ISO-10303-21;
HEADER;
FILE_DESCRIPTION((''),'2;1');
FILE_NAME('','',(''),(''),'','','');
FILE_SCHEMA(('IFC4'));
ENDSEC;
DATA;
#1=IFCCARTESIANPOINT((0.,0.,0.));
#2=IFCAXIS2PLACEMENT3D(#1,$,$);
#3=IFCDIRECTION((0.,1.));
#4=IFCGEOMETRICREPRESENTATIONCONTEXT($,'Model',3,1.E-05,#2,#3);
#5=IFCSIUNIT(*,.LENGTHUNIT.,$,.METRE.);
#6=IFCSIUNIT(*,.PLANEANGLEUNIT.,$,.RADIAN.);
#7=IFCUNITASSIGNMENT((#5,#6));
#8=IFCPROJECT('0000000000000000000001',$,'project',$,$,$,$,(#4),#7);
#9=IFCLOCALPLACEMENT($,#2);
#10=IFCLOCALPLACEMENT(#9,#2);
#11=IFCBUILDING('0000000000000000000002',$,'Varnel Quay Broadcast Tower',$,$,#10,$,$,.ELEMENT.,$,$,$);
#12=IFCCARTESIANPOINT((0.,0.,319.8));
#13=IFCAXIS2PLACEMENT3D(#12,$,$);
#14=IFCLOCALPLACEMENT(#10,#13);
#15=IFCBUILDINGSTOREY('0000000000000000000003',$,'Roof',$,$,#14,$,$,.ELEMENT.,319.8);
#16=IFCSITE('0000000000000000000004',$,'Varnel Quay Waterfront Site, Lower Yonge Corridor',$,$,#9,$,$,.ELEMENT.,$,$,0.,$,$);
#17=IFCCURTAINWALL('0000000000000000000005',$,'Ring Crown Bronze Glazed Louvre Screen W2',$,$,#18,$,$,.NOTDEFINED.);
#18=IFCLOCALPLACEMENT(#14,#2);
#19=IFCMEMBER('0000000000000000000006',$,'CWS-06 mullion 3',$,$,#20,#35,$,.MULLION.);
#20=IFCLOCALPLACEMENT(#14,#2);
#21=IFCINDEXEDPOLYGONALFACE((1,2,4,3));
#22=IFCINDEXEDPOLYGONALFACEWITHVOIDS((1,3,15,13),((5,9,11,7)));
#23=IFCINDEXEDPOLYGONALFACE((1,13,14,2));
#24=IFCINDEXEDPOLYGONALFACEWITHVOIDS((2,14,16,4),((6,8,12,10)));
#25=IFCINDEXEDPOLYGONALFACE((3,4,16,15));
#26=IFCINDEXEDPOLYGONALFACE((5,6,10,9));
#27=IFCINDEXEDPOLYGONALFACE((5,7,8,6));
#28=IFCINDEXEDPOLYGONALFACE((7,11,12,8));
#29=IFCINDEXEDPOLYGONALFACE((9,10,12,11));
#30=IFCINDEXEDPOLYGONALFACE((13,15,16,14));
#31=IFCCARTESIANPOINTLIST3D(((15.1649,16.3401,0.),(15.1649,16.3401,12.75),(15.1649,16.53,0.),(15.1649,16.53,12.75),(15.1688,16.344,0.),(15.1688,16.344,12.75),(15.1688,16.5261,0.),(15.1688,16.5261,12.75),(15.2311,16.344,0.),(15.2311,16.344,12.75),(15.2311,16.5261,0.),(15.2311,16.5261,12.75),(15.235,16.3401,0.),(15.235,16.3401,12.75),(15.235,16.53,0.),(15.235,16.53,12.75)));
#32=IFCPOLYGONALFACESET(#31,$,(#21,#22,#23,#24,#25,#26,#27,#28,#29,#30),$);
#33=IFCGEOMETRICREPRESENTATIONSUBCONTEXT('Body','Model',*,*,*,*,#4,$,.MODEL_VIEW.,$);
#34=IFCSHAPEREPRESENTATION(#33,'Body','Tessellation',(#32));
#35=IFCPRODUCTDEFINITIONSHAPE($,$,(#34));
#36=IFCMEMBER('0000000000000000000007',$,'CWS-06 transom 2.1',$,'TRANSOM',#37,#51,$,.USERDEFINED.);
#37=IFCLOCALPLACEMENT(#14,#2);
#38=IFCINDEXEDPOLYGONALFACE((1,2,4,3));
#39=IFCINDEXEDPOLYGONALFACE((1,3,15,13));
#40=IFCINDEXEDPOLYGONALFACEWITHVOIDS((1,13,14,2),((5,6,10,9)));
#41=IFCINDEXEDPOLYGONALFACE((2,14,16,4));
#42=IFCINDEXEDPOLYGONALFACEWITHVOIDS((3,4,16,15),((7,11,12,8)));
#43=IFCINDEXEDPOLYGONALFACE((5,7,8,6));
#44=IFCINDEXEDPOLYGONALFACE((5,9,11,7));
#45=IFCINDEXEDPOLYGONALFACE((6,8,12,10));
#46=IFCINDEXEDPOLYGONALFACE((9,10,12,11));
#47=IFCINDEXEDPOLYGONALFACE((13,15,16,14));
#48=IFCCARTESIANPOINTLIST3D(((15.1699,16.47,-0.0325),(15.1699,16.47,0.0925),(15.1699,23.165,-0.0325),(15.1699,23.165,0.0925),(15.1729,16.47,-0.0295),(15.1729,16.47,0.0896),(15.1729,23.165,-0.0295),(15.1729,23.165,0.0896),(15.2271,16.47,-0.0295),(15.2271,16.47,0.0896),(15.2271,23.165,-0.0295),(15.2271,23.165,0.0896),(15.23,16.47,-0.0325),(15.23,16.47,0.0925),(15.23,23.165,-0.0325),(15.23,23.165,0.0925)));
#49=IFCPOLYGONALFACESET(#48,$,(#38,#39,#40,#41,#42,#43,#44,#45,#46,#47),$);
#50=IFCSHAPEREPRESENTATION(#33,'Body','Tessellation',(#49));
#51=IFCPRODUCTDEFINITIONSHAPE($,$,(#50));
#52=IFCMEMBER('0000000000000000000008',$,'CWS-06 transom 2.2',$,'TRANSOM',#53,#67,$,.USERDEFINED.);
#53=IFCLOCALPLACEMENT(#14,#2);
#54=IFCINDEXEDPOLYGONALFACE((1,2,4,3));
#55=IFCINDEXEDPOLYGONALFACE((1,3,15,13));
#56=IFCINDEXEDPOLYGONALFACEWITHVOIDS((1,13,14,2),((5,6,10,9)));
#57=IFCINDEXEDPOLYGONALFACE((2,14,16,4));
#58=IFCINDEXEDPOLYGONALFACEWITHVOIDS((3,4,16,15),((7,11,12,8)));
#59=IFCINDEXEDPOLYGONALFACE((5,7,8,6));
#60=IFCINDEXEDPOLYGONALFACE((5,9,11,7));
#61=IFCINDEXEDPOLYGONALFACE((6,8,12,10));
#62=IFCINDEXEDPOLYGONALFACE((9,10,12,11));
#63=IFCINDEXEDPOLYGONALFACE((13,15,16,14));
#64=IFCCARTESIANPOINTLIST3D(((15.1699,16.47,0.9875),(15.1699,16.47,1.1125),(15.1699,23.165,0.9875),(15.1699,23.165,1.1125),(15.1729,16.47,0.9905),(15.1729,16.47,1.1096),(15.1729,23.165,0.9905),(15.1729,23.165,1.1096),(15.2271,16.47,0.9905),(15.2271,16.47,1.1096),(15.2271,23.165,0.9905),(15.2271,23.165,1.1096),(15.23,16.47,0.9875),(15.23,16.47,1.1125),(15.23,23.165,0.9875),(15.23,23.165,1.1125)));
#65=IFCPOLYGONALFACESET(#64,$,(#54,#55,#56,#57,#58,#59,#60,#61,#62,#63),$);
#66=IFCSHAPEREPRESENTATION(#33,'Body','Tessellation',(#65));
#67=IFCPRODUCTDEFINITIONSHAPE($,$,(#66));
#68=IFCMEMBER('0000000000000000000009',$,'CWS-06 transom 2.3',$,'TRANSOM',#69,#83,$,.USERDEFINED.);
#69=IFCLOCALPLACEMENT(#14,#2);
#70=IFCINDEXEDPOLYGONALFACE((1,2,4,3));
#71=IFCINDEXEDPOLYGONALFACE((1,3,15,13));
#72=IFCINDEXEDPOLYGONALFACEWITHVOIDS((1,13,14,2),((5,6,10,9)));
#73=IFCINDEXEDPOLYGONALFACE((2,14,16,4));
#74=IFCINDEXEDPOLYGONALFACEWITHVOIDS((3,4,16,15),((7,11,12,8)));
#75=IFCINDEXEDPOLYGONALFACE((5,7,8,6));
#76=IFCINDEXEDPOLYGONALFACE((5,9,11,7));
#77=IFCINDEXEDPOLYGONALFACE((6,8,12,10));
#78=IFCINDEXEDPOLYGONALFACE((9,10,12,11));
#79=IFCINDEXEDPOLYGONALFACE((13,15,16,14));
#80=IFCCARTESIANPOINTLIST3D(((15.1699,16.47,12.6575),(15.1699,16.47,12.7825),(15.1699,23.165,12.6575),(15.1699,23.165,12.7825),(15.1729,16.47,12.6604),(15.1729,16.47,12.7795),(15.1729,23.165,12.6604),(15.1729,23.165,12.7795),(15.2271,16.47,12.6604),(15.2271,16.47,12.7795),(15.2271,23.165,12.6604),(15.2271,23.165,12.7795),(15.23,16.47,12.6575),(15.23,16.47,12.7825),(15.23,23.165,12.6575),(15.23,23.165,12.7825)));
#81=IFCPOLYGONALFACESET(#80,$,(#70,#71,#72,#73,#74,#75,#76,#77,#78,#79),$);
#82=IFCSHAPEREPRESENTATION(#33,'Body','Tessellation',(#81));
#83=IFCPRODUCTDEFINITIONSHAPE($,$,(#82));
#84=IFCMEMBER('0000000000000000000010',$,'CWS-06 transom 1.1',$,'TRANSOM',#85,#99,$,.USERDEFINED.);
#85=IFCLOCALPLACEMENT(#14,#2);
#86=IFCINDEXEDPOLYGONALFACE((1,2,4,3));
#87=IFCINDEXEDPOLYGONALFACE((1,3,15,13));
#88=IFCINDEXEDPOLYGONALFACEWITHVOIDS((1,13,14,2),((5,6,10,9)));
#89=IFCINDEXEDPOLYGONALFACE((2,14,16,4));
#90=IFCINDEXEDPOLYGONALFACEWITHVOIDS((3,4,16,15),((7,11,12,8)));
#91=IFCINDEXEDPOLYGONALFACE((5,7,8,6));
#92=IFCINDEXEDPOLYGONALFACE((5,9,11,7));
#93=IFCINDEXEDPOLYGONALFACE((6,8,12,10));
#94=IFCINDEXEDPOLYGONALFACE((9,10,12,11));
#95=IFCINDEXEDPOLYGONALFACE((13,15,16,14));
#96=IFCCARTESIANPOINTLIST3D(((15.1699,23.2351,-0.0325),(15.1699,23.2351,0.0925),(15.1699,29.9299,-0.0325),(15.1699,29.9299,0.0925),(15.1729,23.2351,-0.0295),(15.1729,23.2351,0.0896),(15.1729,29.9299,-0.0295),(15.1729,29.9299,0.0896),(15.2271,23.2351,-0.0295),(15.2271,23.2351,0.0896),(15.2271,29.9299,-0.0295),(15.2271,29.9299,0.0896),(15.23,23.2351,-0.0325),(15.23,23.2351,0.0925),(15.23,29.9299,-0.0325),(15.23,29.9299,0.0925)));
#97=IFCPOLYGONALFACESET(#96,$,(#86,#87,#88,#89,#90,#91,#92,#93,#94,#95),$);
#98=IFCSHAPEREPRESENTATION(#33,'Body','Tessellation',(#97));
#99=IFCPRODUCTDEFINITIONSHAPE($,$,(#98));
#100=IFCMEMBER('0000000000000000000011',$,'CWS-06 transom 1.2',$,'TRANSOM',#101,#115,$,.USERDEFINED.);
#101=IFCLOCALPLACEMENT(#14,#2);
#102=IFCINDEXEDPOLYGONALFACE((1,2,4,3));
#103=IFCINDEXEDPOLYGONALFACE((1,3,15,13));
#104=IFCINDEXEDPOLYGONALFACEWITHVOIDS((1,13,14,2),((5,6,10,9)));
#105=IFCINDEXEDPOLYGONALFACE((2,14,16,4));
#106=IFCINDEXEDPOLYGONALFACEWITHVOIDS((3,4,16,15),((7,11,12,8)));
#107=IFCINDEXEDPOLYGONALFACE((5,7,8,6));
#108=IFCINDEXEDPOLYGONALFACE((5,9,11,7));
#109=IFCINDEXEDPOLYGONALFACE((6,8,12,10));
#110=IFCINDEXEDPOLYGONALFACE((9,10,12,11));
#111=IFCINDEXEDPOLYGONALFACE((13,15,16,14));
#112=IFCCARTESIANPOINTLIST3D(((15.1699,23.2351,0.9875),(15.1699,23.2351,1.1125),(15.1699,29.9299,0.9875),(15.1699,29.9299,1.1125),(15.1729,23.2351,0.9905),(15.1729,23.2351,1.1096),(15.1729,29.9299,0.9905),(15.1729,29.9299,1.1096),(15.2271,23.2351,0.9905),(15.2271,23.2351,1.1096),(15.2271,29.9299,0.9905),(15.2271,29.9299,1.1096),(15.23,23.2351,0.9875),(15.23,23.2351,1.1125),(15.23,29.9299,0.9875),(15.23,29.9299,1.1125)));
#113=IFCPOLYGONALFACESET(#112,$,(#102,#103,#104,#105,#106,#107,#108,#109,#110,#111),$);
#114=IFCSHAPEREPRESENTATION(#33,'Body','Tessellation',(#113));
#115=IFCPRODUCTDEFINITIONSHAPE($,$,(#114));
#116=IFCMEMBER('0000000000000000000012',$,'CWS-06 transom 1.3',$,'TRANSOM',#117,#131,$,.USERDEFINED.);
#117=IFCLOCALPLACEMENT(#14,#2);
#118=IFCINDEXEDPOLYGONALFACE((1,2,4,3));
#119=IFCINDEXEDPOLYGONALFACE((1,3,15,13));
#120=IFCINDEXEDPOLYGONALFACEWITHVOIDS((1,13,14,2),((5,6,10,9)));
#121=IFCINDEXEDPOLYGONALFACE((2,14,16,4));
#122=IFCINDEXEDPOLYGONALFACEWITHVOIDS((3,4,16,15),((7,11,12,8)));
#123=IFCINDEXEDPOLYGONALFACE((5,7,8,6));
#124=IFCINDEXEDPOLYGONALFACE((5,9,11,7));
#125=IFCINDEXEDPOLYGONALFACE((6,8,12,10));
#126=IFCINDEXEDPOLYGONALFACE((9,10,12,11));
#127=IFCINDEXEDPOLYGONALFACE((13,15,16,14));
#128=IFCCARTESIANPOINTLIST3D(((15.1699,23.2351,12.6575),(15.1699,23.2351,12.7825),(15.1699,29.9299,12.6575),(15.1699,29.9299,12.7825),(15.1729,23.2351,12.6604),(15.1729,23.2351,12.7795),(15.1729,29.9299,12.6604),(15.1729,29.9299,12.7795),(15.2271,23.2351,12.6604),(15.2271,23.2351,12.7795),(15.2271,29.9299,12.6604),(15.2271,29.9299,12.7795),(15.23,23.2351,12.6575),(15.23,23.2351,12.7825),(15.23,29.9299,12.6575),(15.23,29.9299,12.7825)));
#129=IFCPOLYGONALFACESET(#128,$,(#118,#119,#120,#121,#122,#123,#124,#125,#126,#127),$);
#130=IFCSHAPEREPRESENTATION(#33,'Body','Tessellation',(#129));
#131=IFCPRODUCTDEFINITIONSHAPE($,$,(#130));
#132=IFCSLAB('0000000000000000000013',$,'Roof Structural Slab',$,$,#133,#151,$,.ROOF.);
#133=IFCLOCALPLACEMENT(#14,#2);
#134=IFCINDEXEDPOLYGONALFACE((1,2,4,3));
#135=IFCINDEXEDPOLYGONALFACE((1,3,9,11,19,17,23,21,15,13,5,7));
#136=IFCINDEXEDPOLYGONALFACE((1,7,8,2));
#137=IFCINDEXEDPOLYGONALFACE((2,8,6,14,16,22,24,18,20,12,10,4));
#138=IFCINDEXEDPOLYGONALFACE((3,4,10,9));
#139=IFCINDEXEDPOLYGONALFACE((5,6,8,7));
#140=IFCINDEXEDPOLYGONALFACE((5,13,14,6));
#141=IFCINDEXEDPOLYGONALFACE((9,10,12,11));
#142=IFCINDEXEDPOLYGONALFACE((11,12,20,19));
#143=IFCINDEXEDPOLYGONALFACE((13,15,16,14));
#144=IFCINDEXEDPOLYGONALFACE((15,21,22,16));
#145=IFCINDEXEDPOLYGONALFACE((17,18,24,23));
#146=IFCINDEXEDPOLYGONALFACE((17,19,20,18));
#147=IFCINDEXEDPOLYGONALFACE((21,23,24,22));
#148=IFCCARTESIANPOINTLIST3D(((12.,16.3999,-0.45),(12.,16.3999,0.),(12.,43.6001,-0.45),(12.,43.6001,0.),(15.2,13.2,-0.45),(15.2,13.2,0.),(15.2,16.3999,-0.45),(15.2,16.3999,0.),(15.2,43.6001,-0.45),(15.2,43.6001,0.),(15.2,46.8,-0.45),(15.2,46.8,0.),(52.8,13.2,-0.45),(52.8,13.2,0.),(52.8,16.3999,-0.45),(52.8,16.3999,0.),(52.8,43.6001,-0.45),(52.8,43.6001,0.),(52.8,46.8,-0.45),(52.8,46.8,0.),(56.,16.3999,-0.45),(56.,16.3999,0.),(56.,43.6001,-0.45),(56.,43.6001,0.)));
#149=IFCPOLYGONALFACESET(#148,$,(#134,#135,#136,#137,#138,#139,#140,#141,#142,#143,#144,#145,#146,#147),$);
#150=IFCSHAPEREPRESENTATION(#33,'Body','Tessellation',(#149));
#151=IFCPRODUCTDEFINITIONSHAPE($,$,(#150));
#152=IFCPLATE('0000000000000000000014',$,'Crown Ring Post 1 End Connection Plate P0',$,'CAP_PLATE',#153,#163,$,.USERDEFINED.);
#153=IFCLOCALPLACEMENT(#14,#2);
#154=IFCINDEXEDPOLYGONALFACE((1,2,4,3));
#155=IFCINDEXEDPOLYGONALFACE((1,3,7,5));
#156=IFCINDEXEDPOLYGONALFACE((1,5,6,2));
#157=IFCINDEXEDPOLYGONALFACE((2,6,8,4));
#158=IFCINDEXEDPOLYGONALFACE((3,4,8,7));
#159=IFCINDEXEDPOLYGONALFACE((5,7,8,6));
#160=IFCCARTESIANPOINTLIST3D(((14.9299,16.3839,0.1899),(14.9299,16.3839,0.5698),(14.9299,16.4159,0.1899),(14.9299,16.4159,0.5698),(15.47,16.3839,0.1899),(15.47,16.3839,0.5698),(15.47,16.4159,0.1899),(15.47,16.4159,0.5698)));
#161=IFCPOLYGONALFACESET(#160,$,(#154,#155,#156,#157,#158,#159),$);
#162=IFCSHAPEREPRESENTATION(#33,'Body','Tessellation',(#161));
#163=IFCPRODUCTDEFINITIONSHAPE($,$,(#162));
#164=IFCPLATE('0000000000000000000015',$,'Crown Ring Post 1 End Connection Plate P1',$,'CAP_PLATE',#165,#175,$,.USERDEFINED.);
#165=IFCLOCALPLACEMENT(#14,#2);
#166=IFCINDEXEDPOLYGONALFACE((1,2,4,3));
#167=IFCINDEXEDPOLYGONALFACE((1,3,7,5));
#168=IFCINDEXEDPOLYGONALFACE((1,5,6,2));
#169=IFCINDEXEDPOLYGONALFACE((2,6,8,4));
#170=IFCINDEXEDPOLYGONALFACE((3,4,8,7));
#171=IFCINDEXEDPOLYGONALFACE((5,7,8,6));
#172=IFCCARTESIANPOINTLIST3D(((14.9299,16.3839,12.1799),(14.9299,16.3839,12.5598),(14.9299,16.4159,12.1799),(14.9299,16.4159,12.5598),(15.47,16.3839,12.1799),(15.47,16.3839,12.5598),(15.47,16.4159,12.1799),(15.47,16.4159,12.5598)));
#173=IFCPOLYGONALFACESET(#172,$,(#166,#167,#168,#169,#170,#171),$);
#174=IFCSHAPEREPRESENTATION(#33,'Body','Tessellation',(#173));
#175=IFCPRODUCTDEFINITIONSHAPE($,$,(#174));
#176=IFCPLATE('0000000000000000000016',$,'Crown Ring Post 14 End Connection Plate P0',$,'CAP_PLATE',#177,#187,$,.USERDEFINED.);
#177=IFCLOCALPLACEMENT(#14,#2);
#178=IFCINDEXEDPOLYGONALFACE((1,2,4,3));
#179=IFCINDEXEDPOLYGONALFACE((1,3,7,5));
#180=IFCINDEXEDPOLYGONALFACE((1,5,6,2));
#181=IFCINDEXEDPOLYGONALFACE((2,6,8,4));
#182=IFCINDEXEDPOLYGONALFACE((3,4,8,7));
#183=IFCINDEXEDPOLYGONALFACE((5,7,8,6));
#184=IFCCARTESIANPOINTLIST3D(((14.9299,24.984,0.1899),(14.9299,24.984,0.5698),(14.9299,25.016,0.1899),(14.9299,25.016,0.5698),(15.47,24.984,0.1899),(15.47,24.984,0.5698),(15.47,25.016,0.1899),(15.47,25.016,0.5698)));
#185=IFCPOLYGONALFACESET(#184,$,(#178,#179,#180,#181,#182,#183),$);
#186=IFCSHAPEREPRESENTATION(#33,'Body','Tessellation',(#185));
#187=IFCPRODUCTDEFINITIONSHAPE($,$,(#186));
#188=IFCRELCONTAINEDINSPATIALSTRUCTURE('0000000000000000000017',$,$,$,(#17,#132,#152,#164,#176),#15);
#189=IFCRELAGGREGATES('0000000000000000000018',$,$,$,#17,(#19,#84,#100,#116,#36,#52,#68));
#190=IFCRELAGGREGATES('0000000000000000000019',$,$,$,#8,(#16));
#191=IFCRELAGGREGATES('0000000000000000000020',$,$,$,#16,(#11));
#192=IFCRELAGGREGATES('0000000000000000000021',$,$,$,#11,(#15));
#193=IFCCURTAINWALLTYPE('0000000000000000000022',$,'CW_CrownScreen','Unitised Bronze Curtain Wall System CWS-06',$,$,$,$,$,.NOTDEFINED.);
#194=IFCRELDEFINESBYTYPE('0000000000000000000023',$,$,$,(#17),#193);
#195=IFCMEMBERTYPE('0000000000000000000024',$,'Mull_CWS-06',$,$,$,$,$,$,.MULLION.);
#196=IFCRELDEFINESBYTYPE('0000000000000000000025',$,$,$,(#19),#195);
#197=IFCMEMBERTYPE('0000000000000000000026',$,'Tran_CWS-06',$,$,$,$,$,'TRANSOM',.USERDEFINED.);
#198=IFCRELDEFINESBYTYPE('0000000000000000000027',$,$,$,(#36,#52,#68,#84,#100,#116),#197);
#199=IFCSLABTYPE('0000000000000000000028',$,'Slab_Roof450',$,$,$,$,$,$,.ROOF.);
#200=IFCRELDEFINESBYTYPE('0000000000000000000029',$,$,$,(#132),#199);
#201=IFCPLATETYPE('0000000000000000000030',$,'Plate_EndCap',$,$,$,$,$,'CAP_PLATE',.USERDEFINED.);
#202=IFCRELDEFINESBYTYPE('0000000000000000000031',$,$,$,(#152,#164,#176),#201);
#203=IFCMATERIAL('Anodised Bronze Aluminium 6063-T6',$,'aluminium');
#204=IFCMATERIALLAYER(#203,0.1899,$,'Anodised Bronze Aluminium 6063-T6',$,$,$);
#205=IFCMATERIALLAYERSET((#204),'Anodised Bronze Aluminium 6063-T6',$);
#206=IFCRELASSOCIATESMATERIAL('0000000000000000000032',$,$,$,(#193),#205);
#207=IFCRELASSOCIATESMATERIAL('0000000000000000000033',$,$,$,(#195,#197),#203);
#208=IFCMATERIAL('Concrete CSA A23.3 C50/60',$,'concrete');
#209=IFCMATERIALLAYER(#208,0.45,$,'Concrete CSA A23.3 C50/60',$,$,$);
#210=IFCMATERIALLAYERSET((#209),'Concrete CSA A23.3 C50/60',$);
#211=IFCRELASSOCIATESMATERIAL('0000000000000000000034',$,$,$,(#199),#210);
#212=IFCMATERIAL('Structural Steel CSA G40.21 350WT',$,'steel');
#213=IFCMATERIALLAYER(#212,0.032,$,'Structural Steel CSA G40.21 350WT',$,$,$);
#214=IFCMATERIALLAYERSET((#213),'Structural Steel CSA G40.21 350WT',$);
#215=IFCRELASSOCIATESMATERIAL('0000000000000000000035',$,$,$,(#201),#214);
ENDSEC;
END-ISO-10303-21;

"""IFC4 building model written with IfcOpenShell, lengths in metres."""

from ifc_helpers import new_model, si_unit, direction, frame, origin, origin_2d, place, context, subcontext, project, spatial, polyline, rectangle, hollow_rectangle, outline, extrude, source, transform, mapped, material, layer, layer_set, material_profile, profile_set, type_object, type_shapes, element, aggregate, save


model = new_model("IFC4")

# Units and contexts
model_context = context("Model", 3, precision=1e-05, world=origin(), true_north=direction((0.0, 1.0)))
body_context = subcontext(model_context, "Body", "Model", "MODEL_VIEW")
ifc_project = project(units=[si_unit("LENGTHUNIT", "METRE"), si_unit("PLANEANGLEUNIT", "RADIAN")], contexts=[model_context])

# Site, building, storey
site_placement = place(None, origin())
site = spatial("IfcSite", under=ifc_project, at=site_placement, Name="Varnel Quay Waterfront Site, Lower Yonge Corridor", CompositionType="ELEMENT", RefElevation=0.0)
building_placement = place(site_placement, origin())
building = spatial("IfcBuilding", under=site, at=building_placement, Name="Varnel Quay Broadcast Tower", CompositionType="ELEMENT")
storey_placement = place(building_placement, frame((0.0, 0.0, 319.8)))
storey = spatial("IfcBuildingStorey", under=building, at=storey_placement, Name="Roof", CompositionType="ELEMENT", Elevation=319.8)

# Shared definitions
ifc_material_1 = material(Name="Structural Steel CSA G40.21 350WT", Category="steel")

# Curtain wall, members
ifc_material_2 = material(Name="Anodised Bronze Aluminium 6063-T6", Category="aluminium")
ifc_layer_1 = layer(ifc_material_2, 0.1899, Name="Anodised Bronze Aluminium 6063-T6")
ifc_layer_set_1 = layer_set([ifc_layer_1], Name="Anodised Bronze Aluminium 6063-T6")
curtain_wall_type = type_object("IfcCurtainWallType", Name="CW_CrownScreen", Description="Unitised Bronze Curtain Wall System CWS-06", PredefinedType="NOTDEFINED", material=ifc_layer_set_1)
curtain_wall_placement = place(storey_placement, origin())
curtain_wall = element("IfcCurtainWall", 1, at=curtain_wall_placement, inside=storey, type_object=curtain_wall_type, Name="Ring Crown Bronze Glazed Louvre Screen W2", PredefinedType="NOTDEFINED")
ifc_material_profile_1 = material_profile(ifc_material_2, hollow_rectangle(XDim=0.0701, YDim=0.1899, WallThickness=0.0039, at=origin_2d()), Name="ALU70X190X4")
ifc_profile_set_1 = profile_set([ifc_material_profile_1], Name="Anodised Bronze Aluminium 6063-T6")
member_type_1 = type_object("IfcMemberType", Name="Mull_CWS-06", PredefinedType="MULLION", material=ifc_profile_set_1)
shared_shape_1 = source(origin(), body_context, "Body", "SweptSolid", [
    extrude(hollow_rectangle(XDim=0.0701, YDim=0.1899, WallThickness=0.0039, at=origin_2d()), origin(), (0.0, 0.0, 1.0), 12.75),
])
type_shapes(member_type_1, [shared_shape_1])
member_1_placement = place(storey_placement, frame((15.2, 16.4351, 0.0), z_axis=(0.0, 0.0, 1.0), x_axis=(1.0, 0.0, 0.0)))
member_1 = element("IfcMember", 2, at=member_1_placement, type_object=member_type_1, Name="CWS-06 mullion 3", PredefinedType="MULLION", context=body_context, shape_type="MappedRepresentation", body=[
    mapped(shared_shape_1, transform((0.0, 0.0, 0.0), x_axis=(1.0, 0.0, 0.0), y_axis=(0.0, 1.0, 0.0), z_axis=(0.0, 0.0, 1.0), scale=1.0)),
])
ifc_material_profile_2 = material_profile(ifc_material_2, hollow_rectangle(XDim=0.0601, YDim=0.125, WallThickness=0.0029, at=origin_2d()), Name="ALU60X125X3")
ifc_profile_set_2 = profile_set([ifc_material_profile_2], Name="Anodised Bronze Aluminium 6063-T6")
member_type_2 = type_object("IfcMemberType", Name="Tran_CWS-06", ElementType="TRANSOM", PredefinedType="USERDEFINED", material=ifc_profile_set_2)
shared_shape_2 = source(origin(), body_context, "Body", "SweptSolid", [
    extrude(hollow_rectangle(XDim=0.0601, YDim=0.125, WallThickness=0.0029, at=origin_2d()), origin(), (0.0, 0.0, 1.0), 6.6951),
])
member_2_placement = place(storey_placement, frame((15.2, 23.165, 0.03), z_axis=(0.0, -1.0, 0.0), x_axis=(1.0, 0.0, 0.0)))
member_2 = element("IfcMember", 3, at=member_2_placement, type_object=member_type_2, Name="CWS-06 transom 2.1", ObjectType="TRANSOM", PredefinedType="USERDEFINED", context=body_context, shape_type="MappedRepresentation", body=[
    mapped(shared_shape_2, transform((0.0, 0.0, 0.0), x_axis=(1.0, 0.0, 0.0), y_axis=(0.0, 1.0, 0.0), z_axis=(0.0, 0.0, 1.0), scale=1.0)),
])
member_3_placement = place(storey_placement, frame((15.2, 23.165, 1.05), z_axis=(0.0, -1.0, 0.0), x_axis=(1.0, 0.0, 0.0)))
member_3 = element("IfcMember", 4, at=member_3_placement, type_object=member_type_2, Name="CWS-06 transom 2.2", ObjectType="TRANSOM", PredefinedType="USERDEFINED", context=body_context, shape_type="MappedRepresentation", body=[
    mapped(shared_shape_2, transform((0.0, 0.0, 0.0), x_axis=(1.0, 0.0, 0.0), y_axis=(0.0, 1.0, 0.0), z_axis=(0.0, 0.0, 1.0), scale=1.0)),
])
member_4_placement = place(storey_placement, frame((15.2, 23.165, 12.72), z_axis=(0.0, -1.0, 0.0), x_axis=(1.0, 0.0, 0.0)))
member_4 = element("IfcMember", 5, at=member_4_placement, type_object=member_type_2, Name="CWS-06 transom 2.3", ObjectType="TRANSOM", PredefinedType="USERDEFINED", context=body_context, shape_type="MappedRepresentation", body=[
    mapped(shared_shape_2, transform((0.0, 0.0, 0.0), x_axis=(1.0, 0.0, 0.0), y_axis=(0.0, 1.0, 0.0), z_axis=(0.0, 0.0, 1.0), scale=1.0)),
])
shared_shape_3 = source(origin(), body_context, "Body", "SweptSolid", [
    extrude(hollow_rectangle(XDim=0.0601, YDim=0.125, WallThickness=0.0029, at=origin_2d()), origin(), (0.0, 0.0, 1.0), 6.6948),
])
type_shapes(member_type_2, [shared_shape_2, shared_shape_3])
member_5_placement = place(storey_placement, frame((15.2, 29.9299, 0.03), z_axis=(0.0, -1.0, 0.0), x_axis=(1.0, 0.0, 0.0)))
member_5 = element("IfcMember", 6, at=member_5_placement, type_object=member_type_2, Name="CWS-06 transom 1.1", ObjectType="TRANSOM", PredefinedType="USERDEFINED", context=body_context, shape_type="MappedRepresentation", body=[
    mapped(shared_shape_3, transform((0.0, 0.0, 0.0), x_axis=(1.0, 0.0, 0.0), y_axis=(0.0, 1.0, 0.0), z_axis=(0.0, 0.0, 1.0), scale=1.0)),
])
member_6_placement = place(storey_placement, frame((15.2, 29.9299, 1.05), z_axis=(0.0, -1.0, 0.0), x_axis=(1.0, 0.0, 0.0)))
member_6 = element("IfcMember", 7, at=member_6_placement, type_object=member_type_2, Name="CWS-06 transom 1.2", ObjectType="TRANSOM", PredefinedType="USERDEFINED", context=body_context, shape_type="MappedRepresentation", body=[
    mapped(shared_shape_3, transform((0.0, 0.0, 0.0), x_axis=(1.0, 0.0, 0.0), y_axis=(0.0, 1.0, 0.0), z_axis=(0.0, 0.0, 1.0), scale=1.0)),
])
member_7_placement = place(storey_placement, frame((15.2, 29.9299, 12.72), z_axis=(0.0, -1.0, 0.0), x_axis=(1.0, 0.0, 0.0)))
member_7 = element("IfcMember", 8, at=member_7_placement, type_object=member_type_2, Name="CWS-06 transom 1.3", ObjectType="TRANSOM", PredefinedType="USERDEFINED", context=body_context, shape_type="MappedRepresentation", body=[
    mapped(shared_shape_3, transform((0.0, 0.0, 0.0), x_axis=(1.0, 0.0, 0.0), y_axis=(0.0, 1.0, 0.0), z_axis=(0.0, 0.0, 1.0), scale=1.0)),
])

# Slab
ifc_material_3 = material(Name="Concrete CSA A23.3 C50/60", Category="concrete")
ifc_layer_2 = layer(ifc_material_3, 0.45, Name="Concrete CSA A23.3 C50/60")
ifc_layer_set_2 = layer_set([ifc_layer_2], Name="Concrete CSA A23.3 C50/60")
slab_type = type_object("IfcSlabType", Name="Slab_Roof450", PredefinedType="ROOF", material=ifc_layer_set_2)
slab_placement = place(storey_placement, frame((0.0, 0.0, -0.45)))
element("IfcSlab", 9, at=slab_placement, inside=storey, type_object=slab_type, Name="Roof Structural Slab", PredefinedType="ROOF", context=body_context, shape_type="SweptSolid", body=[
    extrude(outline(polyline([(15.2, 13.2), (52.8, 13.2), (52.8, 16.3999), (56.0, 16.3999), (56.0, 43.6001), (52.8, 43.6001), (52.8, 46.8), (15.2, 46.8), (15.2, 43.6001), (12.0, 43.6001), (12.0, 16.3999), (15.2, 16.3999), (15.2, 13.2)])), origin(), (0.0, 0.0, 1.0), 0.45),
])

# Plates
ifc_layer_3 = layer(ifc_material_1, 0.032, Name="Structural Steel CSA G40.21 350WT")
ifc_layer_set_3 = layer_set([ifc_layer_3], Name="Structural Steel CSA G40.21 350WT")
plate_type_1 = type_object("IfcPlateType", Name="Plate_EndCap", ElementType="CAP_PLATE", PredefinedType="USERDEFINED", material=ifc_layer_set_3)
shared_shape_4 = source(origin(), body_context, "Body", "SweptSolid", [
    extrude(rectangle(XDim=0.54, YDim=0.032, at=origin_2d()), origin(), (0.0, 0.0, 1.0), 0.3799),
])
type_shapes(plate_type_1, [shared_shape_4])
for number, where, z_axis, x_axis, name in (
    (10, (15.2, 16.3999, 0.1899), (0.0, 0.0, 1.0), (1.0, 0.0, 0.0), "Crown Ring Post 1 End Connection Plate P0"),
    (11, (15.2, 16.3999, 12.1799), (0.0, 0.0, 1.0), (1.0, 0.0, 0.0), "Crown Ring Post 1 End Connection Plate P1"),
    (12, (15.2, 25.0, 0.1899), (0.0, 0.0, 1.0), (1.0, 0.0, 0.0), "Crown Ring Post 14 End Connection Plate P0"),
):
    element("IfcPlate", number, at=place(storey_placement, frame(where, z_axis=z_axis, x_axis=x_axis)), inside=storey, type_object=plate_type_1, Name=name, ObjectType="CAP_PLATE", PredefinedType="USERDEFINED", context=body_context, shape_type="MappedRepresentation", body=[
        mapped(shared_shape_4, transform((0.0, 0.0, 0.0), x_axis=(1.0, 0.0, 0.0), y_axis=(0.0, 1.0, 0.0), z_axis=(0.0, 0.0, 1.0), scale=1.0)),
    ])

aggregate(curtain_wall, [member_1, member_5, member_6, member_7, member_2, member_3, member_4])

save(model, "model.ifc")
